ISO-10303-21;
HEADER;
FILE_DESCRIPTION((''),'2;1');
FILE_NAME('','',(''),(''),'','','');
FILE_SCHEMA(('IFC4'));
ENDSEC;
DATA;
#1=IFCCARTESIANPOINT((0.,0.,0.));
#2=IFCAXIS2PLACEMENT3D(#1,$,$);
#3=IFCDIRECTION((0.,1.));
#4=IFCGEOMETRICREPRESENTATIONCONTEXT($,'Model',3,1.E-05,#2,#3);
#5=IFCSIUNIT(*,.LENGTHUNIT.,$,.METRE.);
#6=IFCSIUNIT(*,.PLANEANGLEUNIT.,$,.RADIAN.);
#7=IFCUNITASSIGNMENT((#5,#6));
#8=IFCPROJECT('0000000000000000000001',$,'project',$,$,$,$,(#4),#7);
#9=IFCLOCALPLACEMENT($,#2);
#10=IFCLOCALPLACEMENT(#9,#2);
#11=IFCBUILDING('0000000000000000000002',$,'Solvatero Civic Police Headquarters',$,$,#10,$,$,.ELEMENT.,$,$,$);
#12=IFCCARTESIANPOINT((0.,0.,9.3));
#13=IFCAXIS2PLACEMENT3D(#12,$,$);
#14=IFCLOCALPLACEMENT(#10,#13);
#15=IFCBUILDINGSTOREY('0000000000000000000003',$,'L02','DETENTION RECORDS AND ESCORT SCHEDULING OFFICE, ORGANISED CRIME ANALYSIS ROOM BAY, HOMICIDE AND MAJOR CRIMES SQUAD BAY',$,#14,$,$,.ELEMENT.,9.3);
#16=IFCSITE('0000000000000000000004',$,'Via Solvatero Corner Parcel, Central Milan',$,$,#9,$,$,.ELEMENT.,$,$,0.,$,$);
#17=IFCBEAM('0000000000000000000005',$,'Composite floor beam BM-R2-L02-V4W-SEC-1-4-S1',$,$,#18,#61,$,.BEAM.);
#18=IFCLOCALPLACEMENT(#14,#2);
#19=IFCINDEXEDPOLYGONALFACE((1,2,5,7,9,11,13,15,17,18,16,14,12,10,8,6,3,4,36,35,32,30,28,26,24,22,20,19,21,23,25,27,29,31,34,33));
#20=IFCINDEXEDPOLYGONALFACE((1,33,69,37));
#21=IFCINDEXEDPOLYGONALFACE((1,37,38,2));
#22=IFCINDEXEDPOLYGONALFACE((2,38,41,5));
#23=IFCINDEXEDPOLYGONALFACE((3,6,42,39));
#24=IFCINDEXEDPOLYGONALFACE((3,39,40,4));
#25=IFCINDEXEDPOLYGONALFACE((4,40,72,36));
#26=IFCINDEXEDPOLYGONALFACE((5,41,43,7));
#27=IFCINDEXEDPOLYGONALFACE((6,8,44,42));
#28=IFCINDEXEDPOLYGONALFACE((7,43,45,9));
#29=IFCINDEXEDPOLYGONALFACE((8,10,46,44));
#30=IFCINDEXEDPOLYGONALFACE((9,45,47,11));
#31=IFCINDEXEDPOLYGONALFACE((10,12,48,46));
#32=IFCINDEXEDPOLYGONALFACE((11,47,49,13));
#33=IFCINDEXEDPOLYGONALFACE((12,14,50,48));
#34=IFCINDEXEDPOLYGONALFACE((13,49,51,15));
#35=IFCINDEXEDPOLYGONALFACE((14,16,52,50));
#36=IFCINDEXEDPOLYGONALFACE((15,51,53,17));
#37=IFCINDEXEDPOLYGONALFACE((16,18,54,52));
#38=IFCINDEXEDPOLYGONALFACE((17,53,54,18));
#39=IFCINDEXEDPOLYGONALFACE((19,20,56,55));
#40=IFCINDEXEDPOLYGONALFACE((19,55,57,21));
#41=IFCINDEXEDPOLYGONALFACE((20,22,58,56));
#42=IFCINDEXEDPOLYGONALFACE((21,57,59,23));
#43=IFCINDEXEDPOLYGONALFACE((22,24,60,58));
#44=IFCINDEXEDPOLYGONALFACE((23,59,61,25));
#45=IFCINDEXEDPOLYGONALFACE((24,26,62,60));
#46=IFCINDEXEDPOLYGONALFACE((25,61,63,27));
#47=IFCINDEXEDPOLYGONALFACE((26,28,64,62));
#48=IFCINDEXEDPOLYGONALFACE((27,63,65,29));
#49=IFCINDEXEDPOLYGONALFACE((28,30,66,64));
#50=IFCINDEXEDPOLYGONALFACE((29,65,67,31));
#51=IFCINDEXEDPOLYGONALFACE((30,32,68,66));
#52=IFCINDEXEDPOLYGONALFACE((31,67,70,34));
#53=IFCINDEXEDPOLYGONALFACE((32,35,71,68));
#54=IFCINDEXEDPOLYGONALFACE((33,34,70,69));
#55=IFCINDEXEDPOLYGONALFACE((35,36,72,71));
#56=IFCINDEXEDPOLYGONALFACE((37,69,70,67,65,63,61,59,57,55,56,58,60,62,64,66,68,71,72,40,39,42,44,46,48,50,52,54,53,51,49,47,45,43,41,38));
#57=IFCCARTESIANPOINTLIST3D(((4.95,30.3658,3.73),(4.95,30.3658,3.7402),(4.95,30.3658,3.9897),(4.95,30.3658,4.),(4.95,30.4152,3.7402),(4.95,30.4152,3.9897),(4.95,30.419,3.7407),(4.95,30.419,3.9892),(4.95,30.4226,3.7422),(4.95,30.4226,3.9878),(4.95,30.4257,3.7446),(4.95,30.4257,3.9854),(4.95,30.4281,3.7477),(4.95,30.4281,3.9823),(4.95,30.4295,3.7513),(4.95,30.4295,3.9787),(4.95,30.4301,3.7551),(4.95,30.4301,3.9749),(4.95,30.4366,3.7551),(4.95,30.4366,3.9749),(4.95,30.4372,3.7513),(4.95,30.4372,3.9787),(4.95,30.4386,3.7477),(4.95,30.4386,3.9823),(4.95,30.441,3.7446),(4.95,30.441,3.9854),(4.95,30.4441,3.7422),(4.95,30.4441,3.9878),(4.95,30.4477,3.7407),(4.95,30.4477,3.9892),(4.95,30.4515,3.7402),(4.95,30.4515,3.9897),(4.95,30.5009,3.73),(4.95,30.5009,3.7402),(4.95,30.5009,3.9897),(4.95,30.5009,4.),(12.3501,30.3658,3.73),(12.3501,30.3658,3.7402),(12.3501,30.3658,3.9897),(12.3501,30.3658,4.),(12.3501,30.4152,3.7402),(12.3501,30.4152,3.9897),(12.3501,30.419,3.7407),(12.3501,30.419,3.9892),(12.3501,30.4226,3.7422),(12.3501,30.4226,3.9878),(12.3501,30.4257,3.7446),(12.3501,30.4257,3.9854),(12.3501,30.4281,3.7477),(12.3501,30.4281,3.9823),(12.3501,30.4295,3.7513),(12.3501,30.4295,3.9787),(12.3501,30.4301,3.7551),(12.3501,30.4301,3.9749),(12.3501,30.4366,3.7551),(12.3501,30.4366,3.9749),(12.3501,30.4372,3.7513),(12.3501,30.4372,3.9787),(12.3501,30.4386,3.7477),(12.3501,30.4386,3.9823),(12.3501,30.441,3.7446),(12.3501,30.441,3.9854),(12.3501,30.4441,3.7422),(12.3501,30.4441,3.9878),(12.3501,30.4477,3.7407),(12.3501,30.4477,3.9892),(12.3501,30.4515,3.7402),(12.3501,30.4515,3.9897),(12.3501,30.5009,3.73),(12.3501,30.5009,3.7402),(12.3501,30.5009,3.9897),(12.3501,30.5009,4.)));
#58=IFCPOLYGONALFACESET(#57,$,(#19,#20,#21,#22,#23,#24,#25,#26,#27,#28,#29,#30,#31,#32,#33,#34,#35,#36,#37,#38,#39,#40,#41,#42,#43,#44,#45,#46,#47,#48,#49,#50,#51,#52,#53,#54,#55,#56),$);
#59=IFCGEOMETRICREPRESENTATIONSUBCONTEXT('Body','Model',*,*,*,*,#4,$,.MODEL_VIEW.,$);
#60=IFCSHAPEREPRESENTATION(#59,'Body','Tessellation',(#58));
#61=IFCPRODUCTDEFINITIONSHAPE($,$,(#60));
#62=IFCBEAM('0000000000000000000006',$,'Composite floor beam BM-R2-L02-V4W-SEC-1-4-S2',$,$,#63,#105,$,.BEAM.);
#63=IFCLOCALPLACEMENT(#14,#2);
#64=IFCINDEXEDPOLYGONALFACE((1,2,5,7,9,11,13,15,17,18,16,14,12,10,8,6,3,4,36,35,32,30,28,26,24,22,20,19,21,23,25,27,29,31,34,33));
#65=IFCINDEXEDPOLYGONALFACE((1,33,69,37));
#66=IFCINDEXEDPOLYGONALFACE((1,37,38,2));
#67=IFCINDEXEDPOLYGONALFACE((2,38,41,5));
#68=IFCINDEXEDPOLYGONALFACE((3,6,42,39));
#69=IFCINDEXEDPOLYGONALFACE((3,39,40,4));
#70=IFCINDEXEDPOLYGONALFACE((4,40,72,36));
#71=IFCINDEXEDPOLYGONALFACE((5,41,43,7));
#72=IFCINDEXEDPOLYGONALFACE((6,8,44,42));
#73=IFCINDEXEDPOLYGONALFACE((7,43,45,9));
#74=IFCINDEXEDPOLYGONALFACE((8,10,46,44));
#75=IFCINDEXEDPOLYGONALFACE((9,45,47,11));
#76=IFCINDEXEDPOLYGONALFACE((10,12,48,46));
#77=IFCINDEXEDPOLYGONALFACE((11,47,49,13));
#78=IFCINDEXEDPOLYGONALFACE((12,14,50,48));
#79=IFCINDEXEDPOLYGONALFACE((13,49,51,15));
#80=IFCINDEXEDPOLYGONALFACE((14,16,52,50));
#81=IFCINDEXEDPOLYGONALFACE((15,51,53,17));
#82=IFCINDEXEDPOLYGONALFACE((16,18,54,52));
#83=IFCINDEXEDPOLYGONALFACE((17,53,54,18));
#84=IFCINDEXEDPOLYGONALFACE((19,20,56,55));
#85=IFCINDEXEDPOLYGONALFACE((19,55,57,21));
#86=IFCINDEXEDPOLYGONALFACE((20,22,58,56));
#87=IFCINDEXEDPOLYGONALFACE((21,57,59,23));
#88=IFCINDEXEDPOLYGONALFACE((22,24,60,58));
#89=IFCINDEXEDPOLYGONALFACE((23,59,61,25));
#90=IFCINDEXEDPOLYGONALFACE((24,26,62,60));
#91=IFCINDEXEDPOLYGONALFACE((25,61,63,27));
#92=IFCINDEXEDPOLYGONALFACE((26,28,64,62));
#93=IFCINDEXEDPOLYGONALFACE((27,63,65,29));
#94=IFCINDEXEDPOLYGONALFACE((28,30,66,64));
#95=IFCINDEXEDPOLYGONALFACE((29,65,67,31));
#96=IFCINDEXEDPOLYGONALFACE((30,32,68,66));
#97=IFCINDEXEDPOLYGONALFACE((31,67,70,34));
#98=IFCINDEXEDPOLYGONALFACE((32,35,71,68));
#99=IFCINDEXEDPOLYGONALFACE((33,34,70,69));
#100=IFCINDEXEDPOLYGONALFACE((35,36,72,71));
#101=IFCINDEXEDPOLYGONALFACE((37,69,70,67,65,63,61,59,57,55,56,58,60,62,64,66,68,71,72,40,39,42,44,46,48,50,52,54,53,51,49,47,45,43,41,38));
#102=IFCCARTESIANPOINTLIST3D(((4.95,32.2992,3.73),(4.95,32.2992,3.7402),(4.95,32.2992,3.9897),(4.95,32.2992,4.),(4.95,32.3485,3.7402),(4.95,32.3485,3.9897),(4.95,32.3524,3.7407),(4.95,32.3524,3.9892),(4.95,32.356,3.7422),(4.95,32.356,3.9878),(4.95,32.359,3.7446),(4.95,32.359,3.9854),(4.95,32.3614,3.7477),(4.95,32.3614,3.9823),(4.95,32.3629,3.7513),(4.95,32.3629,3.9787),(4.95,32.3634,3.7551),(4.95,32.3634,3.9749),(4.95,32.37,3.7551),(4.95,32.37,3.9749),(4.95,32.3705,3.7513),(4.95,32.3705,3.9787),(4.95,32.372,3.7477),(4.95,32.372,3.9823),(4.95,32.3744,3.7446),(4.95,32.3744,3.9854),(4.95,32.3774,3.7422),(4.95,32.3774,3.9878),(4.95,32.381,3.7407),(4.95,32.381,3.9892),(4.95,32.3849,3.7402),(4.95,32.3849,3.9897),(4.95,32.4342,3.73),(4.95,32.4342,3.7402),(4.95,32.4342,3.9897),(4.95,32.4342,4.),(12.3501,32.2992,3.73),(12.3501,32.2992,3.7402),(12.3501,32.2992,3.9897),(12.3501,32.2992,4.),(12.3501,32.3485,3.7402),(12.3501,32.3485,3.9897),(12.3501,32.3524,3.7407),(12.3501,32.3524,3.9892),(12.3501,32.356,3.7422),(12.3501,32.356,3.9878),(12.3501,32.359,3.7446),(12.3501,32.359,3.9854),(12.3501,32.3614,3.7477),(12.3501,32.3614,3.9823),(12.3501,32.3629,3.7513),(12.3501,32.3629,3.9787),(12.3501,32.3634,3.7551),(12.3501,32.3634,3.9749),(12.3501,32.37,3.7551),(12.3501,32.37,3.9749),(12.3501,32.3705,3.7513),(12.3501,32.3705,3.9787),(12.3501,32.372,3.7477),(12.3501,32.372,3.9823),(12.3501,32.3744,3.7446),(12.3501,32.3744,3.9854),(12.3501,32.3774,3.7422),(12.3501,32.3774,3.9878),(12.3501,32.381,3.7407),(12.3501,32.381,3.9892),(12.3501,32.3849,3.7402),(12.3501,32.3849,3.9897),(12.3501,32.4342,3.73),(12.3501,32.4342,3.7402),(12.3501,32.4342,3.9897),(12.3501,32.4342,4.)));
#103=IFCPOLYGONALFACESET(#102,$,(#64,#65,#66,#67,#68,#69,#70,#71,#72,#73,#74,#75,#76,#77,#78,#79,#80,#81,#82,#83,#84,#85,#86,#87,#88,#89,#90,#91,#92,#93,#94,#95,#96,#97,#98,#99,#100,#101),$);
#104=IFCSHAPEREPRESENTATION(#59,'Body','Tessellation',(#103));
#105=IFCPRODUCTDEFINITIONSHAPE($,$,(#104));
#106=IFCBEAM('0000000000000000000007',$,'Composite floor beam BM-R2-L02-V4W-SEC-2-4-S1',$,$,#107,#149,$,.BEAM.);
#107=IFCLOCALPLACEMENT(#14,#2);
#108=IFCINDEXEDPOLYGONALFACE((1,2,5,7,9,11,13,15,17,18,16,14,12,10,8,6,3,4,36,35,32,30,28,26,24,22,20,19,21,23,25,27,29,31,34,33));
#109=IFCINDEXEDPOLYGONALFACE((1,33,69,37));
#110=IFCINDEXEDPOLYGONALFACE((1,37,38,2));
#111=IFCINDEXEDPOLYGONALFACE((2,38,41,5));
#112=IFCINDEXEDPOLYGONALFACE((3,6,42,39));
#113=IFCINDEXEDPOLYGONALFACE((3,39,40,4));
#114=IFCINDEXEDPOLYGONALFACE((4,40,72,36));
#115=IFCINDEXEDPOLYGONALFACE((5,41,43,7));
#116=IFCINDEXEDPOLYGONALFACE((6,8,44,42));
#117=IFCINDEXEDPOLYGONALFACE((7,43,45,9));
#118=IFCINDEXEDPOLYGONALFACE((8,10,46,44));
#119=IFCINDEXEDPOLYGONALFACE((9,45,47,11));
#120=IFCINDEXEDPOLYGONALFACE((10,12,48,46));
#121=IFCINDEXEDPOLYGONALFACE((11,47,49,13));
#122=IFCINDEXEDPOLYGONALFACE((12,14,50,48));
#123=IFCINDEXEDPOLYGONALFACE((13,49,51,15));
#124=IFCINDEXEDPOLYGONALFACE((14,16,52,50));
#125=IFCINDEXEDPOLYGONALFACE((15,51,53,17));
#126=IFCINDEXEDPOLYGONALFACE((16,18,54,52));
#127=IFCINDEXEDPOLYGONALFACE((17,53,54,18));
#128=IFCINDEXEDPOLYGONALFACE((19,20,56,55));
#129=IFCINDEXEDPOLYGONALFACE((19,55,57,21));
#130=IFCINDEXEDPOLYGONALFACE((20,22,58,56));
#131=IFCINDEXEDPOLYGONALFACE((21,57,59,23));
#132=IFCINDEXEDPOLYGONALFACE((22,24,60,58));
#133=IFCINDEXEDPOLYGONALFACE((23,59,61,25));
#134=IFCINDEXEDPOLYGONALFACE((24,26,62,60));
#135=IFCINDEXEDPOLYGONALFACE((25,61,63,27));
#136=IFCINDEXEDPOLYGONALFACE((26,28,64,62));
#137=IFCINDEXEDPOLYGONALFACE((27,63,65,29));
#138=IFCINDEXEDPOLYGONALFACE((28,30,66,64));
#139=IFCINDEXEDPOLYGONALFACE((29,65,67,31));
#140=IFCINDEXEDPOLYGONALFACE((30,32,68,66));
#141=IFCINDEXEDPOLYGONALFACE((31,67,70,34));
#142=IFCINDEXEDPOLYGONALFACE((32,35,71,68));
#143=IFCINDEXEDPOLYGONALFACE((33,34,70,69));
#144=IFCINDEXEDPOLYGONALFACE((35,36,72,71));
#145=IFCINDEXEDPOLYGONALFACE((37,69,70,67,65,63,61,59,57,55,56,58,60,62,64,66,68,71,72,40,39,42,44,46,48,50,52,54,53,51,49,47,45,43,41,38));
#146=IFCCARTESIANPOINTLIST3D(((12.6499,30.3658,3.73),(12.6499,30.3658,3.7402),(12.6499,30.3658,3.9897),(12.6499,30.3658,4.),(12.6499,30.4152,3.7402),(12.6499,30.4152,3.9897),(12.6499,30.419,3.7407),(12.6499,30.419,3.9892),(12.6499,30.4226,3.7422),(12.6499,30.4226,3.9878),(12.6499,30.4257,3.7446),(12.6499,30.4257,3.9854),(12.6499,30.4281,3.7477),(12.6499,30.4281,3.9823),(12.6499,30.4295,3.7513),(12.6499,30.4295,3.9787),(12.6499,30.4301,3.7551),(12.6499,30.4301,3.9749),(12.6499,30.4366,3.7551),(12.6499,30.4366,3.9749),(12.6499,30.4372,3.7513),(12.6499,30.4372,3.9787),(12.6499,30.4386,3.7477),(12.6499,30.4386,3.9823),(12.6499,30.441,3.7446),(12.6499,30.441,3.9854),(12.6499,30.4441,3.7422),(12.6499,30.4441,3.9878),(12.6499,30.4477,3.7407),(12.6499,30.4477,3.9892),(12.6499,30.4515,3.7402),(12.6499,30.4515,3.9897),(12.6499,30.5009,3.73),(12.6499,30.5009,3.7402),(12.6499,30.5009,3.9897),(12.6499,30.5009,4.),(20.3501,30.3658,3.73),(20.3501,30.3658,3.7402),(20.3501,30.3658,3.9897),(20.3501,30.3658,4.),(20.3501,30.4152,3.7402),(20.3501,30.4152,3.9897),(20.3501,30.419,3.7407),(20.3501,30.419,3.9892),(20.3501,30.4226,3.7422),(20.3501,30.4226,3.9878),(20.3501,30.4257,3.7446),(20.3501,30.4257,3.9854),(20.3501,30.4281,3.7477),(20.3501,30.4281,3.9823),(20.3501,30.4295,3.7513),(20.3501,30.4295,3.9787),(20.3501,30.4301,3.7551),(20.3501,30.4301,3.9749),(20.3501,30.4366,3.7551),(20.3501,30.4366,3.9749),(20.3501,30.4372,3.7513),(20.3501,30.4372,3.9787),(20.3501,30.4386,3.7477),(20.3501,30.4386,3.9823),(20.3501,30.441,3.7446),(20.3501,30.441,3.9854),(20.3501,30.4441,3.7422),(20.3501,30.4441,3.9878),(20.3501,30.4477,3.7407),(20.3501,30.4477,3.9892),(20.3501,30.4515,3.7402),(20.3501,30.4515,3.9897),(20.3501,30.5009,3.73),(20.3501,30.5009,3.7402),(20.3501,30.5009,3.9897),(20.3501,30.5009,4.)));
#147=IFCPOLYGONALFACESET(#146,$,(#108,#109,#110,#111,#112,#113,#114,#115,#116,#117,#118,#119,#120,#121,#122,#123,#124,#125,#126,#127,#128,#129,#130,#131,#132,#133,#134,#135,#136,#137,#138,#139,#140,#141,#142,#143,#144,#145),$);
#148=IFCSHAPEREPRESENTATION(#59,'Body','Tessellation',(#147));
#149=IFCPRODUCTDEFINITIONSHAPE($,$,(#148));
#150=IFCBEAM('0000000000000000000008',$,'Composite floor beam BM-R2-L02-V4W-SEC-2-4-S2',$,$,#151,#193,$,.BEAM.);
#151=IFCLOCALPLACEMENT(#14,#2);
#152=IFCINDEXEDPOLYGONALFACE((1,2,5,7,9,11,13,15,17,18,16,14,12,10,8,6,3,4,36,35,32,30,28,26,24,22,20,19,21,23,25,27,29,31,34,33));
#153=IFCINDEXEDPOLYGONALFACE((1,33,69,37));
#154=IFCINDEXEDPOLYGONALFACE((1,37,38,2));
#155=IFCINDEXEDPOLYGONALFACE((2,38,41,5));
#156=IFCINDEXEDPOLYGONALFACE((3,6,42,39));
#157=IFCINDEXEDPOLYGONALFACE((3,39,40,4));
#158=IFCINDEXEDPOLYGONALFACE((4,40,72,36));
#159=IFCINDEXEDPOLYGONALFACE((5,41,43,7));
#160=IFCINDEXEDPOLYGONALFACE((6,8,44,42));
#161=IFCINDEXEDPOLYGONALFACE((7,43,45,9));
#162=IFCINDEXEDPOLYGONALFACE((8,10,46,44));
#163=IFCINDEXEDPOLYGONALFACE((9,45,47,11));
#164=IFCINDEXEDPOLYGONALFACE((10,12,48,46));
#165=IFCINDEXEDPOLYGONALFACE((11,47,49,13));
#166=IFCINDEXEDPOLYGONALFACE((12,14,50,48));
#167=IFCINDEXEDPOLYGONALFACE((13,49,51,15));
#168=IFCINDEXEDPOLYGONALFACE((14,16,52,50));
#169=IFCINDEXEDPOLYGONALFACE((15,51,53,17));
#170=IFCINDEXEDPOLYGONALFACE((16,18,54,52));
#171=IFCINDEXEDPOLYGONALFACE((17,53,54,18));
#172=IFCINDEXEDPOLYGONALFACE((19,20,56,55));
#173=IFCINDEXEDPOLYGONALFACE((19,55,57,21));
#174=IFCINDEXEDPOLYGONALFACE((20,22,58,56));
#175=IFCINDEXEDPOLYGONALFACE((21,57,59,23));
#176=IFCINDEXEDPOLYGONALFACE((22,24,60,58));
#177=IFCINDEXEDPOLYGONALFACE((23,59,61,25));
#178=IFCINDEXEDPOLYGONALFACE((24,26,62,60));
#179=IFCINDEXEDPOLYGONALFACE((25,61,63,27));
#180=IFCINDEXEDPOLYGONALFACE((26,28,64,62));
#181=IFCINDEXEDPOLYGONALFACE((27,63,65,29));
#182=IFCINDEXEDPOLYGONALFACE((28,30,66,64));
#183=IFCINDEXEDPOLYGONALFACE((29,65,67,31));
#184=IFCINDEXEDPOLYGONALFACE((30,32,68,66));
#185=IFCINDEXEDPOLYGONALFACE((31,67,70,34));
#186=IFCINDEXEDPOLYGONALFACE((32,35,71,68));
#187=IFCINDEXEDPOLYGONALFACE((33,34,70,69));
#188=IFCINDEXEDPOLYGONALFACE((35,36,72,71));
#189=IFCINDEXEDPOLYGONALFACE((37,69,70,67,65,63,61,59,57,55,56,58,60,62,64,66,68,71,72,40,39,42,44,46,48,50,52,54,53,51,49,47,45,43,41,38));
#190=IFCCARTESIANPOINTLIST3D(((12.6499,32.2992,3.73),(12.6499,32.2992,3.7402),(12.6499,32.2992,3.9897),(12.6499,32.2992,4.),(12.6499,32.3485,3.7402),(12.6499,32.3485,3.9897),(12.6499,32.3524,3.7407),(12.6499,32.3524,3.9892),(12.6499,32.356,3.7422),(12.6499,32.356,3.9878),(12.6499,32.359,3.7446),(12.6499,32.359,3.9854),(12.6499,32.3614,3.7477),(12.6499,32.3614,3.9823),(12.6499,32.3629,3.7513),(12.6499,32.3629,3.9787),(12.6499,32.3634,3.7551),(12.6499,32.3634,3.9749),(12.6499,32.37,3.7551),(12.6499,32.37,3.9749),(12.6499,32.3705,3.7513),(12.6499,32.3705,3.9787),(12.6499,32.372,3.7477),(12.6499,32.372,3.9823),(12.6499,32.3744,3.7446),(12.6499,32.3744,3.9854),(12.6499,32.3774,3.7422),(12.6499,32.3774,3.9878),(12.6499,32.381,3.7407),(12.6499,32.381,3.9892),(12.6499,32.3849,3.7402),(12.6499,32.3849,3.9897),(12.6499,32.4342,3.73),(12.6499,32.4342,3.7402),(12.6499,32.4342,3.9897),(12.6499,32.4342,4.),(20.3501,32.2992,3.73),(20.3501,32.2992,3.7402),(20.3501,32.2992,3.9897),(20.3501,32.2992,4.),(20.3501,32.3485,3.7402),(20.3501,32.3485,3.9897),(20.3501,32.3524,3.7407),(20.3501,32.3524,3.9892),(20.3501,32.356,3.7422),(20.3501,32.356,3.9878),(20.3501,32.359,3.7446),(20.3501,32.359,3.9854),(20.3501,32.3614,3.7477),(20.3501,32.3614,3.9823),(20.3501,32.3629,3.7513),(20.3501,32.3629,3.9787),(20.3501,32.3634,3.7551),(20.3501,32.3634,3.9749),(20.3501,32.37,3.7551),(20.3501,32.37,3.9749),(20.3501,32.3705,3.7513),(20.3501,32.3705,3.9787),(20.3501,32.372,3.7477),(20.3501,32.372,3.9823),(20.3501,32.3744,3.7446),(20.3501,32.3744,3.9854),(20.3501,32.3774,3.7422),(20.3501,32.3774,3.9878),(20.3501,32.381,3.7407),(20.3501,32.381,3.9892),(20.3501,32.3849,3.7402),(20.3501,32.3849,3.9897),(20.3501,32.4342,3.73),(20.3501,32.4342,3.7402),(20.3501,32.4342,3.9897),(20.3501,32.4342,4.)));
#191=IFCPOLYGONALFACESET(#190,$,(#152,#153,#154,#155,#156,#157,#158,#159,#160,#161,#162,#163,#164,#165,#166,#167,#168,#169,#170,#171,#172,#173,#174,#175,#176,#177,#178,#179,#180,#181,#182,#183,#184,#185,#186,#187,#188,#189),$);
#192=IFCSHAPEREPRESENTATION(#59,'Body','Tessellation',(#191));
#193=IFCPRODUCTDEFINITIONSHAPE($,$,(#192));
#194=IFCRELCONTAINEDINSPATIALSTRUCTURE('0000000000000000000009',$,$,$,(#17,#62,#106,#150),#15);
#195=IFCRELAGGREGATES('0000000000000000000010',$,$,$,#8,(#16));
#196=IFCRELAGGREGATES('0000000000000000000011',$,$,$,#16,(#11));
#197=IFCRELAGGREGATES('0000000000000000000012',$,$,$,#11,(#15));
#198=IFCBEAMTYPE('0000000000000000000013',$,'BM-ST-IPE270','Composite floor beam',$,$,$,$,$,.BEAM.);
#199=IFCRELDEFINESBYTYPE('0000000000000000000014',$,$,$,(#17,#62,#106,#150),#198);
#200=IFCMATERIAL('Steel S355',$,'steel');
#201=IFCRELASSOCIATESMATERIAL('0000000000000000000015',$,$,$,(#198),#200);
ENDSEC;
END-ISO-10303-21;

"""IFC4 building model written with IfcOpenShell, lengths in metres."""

from ifc_helpers import new_model, si_unit, direction, frame, origin, origin_2d, place, context, subcontext, project, spatial, i_section, extrude, material, material_profile, profile_set, type_object, element, save


model = new_model("IFC4")

# Units and contexts
model_context = context("Model", 3, precision=1e-05, world=origin(), true_north=direction((0.0, 1.0)))
body_context = subcontext(model_context, "Body", "Model", "MODEL_VIEW")
ifc_project = project(units=[si_unit("LENGTHUNIT", "METRE"), si_unit("PLANEANGLEUNIT", "RADIAN")], contexts=[model_context])

# Site, building, storey
site_placement = place(None, origin())
site = spatial("IfcSite", under=ifc_project, at=site_placement, Name="Via Solvatero Corner Parcel, Central Milan", CompositionType="ELEMENT", RefElevation=0.0)
building_placement = place(site_placement, origin())
building = spatial("IfcBuilding", under=site, at=building_placement, Name="Solvatero Civic Police Headquarters", CompositionType="ELEMENT")
storey_placement = place(building_placement, frame((0.0, 0.0, 9.3)))
storey = spatial("IfcBuildingStorey", under=building, at=storey_placement, Name="L02", Description="DETENTION RECORDS AND ESCORT SCHEDULING OFFICE, ORGANISED CRIME ANALYSIS ROOM BAY, HOMICIDE AND MAJOR CRIMES SQUAD BAY", CompositionType="ELEMENT", Elevation=9.3)

# Shared definitions
ifc_material = material(Name="Steel S355", Category="steel")

# Beams
ifc_material_profile_1 = material_profile(ifc_material, i_section(OverallWidth=0.135, OverallDepth=0.27, WebThickness=0.0066, FlangeThickness=0.0103, FilletRadius=0.0149, at=origin_2d()), Name="IPE 270")
ifc_profile_set_1 = profile_set([ifc_material_profile_1], Name="Steel S355")
beam_type_1 = type_object("IfcBeamType", Name="BM-ST-IPE270", Description="Composite floor beam", PredefinedType="BEAM", material=ifc_profile_set_1)
for number, where, z_axis, x_axis, name in (
    (1, (4.95, 30.4333, 3.865), (1.0, 0.0, 0.0), (0.0, 1.0, 0.0), "Composite floor beam BM-R2-L02-V4W-SEC-1-4-S1"),
    (2, (4.95, 32.3667, 3.865), (1.0, 0.0, 0.0), (0.0, 1.0, 0.0), "Composite floor beam BM-R2-L02-V4W-SEC-1-4-S2"),
):
    element("IfcBeam", number, at=place(storey_placement, frame(where, z_axis=z_axis, x_axis=x_axis)), inside=storey, type_object=beam_type_1, Name=name, PredefinedType="BEAM", context=body_context, shape_type="SweptSolid", body=[
        extrude(i_section(OverallWidth=0.135, OverallDepth=0.27, WebThickness=0.0066, FlangeThickness=0.0103, FilletRadius=0.0149, at=origin_2d()), origin(), (0.0, 0.0, 1.0), 7.4001),
    ])
for number, where, z_axis, x_axis, name in (
    (3, (12.6499, 30.4333, 3.865), (1.0, 0.0, 0.0), (0.0, 1.0, 0.0), "Composite floor beam BM-R2-L02-V4W-SEC-2-4-S1"),
    (4, (12.6499, 32.3667, 3.865), (1.0, 0.0, 0.0), (0.0, 1.0, 0.0), "Composite floor beam BM-R2-L02-V4W-SEC-2-4-S2"),
):
    element("IfcBeam", number, at=place(storey_placement, frame(where, z_axis=z_axis, x_axis=x_axis)), inside=storey, type_object=beam_type_1, Name=name, PredefinedType="BEAM", context=body_context, shape_type="SweptSolid", body=[
        extrude(i_section(OverallWidth=0.135, OverallDepth=0.27, WebThickness=0.0066, FlangeThickness=0.0103, FilletRadius=0.0149, at=origin_2d()), origin(), (0.0, 0.0, 1.0), 7.7002),
    ])

save(model, "model.ifc")
